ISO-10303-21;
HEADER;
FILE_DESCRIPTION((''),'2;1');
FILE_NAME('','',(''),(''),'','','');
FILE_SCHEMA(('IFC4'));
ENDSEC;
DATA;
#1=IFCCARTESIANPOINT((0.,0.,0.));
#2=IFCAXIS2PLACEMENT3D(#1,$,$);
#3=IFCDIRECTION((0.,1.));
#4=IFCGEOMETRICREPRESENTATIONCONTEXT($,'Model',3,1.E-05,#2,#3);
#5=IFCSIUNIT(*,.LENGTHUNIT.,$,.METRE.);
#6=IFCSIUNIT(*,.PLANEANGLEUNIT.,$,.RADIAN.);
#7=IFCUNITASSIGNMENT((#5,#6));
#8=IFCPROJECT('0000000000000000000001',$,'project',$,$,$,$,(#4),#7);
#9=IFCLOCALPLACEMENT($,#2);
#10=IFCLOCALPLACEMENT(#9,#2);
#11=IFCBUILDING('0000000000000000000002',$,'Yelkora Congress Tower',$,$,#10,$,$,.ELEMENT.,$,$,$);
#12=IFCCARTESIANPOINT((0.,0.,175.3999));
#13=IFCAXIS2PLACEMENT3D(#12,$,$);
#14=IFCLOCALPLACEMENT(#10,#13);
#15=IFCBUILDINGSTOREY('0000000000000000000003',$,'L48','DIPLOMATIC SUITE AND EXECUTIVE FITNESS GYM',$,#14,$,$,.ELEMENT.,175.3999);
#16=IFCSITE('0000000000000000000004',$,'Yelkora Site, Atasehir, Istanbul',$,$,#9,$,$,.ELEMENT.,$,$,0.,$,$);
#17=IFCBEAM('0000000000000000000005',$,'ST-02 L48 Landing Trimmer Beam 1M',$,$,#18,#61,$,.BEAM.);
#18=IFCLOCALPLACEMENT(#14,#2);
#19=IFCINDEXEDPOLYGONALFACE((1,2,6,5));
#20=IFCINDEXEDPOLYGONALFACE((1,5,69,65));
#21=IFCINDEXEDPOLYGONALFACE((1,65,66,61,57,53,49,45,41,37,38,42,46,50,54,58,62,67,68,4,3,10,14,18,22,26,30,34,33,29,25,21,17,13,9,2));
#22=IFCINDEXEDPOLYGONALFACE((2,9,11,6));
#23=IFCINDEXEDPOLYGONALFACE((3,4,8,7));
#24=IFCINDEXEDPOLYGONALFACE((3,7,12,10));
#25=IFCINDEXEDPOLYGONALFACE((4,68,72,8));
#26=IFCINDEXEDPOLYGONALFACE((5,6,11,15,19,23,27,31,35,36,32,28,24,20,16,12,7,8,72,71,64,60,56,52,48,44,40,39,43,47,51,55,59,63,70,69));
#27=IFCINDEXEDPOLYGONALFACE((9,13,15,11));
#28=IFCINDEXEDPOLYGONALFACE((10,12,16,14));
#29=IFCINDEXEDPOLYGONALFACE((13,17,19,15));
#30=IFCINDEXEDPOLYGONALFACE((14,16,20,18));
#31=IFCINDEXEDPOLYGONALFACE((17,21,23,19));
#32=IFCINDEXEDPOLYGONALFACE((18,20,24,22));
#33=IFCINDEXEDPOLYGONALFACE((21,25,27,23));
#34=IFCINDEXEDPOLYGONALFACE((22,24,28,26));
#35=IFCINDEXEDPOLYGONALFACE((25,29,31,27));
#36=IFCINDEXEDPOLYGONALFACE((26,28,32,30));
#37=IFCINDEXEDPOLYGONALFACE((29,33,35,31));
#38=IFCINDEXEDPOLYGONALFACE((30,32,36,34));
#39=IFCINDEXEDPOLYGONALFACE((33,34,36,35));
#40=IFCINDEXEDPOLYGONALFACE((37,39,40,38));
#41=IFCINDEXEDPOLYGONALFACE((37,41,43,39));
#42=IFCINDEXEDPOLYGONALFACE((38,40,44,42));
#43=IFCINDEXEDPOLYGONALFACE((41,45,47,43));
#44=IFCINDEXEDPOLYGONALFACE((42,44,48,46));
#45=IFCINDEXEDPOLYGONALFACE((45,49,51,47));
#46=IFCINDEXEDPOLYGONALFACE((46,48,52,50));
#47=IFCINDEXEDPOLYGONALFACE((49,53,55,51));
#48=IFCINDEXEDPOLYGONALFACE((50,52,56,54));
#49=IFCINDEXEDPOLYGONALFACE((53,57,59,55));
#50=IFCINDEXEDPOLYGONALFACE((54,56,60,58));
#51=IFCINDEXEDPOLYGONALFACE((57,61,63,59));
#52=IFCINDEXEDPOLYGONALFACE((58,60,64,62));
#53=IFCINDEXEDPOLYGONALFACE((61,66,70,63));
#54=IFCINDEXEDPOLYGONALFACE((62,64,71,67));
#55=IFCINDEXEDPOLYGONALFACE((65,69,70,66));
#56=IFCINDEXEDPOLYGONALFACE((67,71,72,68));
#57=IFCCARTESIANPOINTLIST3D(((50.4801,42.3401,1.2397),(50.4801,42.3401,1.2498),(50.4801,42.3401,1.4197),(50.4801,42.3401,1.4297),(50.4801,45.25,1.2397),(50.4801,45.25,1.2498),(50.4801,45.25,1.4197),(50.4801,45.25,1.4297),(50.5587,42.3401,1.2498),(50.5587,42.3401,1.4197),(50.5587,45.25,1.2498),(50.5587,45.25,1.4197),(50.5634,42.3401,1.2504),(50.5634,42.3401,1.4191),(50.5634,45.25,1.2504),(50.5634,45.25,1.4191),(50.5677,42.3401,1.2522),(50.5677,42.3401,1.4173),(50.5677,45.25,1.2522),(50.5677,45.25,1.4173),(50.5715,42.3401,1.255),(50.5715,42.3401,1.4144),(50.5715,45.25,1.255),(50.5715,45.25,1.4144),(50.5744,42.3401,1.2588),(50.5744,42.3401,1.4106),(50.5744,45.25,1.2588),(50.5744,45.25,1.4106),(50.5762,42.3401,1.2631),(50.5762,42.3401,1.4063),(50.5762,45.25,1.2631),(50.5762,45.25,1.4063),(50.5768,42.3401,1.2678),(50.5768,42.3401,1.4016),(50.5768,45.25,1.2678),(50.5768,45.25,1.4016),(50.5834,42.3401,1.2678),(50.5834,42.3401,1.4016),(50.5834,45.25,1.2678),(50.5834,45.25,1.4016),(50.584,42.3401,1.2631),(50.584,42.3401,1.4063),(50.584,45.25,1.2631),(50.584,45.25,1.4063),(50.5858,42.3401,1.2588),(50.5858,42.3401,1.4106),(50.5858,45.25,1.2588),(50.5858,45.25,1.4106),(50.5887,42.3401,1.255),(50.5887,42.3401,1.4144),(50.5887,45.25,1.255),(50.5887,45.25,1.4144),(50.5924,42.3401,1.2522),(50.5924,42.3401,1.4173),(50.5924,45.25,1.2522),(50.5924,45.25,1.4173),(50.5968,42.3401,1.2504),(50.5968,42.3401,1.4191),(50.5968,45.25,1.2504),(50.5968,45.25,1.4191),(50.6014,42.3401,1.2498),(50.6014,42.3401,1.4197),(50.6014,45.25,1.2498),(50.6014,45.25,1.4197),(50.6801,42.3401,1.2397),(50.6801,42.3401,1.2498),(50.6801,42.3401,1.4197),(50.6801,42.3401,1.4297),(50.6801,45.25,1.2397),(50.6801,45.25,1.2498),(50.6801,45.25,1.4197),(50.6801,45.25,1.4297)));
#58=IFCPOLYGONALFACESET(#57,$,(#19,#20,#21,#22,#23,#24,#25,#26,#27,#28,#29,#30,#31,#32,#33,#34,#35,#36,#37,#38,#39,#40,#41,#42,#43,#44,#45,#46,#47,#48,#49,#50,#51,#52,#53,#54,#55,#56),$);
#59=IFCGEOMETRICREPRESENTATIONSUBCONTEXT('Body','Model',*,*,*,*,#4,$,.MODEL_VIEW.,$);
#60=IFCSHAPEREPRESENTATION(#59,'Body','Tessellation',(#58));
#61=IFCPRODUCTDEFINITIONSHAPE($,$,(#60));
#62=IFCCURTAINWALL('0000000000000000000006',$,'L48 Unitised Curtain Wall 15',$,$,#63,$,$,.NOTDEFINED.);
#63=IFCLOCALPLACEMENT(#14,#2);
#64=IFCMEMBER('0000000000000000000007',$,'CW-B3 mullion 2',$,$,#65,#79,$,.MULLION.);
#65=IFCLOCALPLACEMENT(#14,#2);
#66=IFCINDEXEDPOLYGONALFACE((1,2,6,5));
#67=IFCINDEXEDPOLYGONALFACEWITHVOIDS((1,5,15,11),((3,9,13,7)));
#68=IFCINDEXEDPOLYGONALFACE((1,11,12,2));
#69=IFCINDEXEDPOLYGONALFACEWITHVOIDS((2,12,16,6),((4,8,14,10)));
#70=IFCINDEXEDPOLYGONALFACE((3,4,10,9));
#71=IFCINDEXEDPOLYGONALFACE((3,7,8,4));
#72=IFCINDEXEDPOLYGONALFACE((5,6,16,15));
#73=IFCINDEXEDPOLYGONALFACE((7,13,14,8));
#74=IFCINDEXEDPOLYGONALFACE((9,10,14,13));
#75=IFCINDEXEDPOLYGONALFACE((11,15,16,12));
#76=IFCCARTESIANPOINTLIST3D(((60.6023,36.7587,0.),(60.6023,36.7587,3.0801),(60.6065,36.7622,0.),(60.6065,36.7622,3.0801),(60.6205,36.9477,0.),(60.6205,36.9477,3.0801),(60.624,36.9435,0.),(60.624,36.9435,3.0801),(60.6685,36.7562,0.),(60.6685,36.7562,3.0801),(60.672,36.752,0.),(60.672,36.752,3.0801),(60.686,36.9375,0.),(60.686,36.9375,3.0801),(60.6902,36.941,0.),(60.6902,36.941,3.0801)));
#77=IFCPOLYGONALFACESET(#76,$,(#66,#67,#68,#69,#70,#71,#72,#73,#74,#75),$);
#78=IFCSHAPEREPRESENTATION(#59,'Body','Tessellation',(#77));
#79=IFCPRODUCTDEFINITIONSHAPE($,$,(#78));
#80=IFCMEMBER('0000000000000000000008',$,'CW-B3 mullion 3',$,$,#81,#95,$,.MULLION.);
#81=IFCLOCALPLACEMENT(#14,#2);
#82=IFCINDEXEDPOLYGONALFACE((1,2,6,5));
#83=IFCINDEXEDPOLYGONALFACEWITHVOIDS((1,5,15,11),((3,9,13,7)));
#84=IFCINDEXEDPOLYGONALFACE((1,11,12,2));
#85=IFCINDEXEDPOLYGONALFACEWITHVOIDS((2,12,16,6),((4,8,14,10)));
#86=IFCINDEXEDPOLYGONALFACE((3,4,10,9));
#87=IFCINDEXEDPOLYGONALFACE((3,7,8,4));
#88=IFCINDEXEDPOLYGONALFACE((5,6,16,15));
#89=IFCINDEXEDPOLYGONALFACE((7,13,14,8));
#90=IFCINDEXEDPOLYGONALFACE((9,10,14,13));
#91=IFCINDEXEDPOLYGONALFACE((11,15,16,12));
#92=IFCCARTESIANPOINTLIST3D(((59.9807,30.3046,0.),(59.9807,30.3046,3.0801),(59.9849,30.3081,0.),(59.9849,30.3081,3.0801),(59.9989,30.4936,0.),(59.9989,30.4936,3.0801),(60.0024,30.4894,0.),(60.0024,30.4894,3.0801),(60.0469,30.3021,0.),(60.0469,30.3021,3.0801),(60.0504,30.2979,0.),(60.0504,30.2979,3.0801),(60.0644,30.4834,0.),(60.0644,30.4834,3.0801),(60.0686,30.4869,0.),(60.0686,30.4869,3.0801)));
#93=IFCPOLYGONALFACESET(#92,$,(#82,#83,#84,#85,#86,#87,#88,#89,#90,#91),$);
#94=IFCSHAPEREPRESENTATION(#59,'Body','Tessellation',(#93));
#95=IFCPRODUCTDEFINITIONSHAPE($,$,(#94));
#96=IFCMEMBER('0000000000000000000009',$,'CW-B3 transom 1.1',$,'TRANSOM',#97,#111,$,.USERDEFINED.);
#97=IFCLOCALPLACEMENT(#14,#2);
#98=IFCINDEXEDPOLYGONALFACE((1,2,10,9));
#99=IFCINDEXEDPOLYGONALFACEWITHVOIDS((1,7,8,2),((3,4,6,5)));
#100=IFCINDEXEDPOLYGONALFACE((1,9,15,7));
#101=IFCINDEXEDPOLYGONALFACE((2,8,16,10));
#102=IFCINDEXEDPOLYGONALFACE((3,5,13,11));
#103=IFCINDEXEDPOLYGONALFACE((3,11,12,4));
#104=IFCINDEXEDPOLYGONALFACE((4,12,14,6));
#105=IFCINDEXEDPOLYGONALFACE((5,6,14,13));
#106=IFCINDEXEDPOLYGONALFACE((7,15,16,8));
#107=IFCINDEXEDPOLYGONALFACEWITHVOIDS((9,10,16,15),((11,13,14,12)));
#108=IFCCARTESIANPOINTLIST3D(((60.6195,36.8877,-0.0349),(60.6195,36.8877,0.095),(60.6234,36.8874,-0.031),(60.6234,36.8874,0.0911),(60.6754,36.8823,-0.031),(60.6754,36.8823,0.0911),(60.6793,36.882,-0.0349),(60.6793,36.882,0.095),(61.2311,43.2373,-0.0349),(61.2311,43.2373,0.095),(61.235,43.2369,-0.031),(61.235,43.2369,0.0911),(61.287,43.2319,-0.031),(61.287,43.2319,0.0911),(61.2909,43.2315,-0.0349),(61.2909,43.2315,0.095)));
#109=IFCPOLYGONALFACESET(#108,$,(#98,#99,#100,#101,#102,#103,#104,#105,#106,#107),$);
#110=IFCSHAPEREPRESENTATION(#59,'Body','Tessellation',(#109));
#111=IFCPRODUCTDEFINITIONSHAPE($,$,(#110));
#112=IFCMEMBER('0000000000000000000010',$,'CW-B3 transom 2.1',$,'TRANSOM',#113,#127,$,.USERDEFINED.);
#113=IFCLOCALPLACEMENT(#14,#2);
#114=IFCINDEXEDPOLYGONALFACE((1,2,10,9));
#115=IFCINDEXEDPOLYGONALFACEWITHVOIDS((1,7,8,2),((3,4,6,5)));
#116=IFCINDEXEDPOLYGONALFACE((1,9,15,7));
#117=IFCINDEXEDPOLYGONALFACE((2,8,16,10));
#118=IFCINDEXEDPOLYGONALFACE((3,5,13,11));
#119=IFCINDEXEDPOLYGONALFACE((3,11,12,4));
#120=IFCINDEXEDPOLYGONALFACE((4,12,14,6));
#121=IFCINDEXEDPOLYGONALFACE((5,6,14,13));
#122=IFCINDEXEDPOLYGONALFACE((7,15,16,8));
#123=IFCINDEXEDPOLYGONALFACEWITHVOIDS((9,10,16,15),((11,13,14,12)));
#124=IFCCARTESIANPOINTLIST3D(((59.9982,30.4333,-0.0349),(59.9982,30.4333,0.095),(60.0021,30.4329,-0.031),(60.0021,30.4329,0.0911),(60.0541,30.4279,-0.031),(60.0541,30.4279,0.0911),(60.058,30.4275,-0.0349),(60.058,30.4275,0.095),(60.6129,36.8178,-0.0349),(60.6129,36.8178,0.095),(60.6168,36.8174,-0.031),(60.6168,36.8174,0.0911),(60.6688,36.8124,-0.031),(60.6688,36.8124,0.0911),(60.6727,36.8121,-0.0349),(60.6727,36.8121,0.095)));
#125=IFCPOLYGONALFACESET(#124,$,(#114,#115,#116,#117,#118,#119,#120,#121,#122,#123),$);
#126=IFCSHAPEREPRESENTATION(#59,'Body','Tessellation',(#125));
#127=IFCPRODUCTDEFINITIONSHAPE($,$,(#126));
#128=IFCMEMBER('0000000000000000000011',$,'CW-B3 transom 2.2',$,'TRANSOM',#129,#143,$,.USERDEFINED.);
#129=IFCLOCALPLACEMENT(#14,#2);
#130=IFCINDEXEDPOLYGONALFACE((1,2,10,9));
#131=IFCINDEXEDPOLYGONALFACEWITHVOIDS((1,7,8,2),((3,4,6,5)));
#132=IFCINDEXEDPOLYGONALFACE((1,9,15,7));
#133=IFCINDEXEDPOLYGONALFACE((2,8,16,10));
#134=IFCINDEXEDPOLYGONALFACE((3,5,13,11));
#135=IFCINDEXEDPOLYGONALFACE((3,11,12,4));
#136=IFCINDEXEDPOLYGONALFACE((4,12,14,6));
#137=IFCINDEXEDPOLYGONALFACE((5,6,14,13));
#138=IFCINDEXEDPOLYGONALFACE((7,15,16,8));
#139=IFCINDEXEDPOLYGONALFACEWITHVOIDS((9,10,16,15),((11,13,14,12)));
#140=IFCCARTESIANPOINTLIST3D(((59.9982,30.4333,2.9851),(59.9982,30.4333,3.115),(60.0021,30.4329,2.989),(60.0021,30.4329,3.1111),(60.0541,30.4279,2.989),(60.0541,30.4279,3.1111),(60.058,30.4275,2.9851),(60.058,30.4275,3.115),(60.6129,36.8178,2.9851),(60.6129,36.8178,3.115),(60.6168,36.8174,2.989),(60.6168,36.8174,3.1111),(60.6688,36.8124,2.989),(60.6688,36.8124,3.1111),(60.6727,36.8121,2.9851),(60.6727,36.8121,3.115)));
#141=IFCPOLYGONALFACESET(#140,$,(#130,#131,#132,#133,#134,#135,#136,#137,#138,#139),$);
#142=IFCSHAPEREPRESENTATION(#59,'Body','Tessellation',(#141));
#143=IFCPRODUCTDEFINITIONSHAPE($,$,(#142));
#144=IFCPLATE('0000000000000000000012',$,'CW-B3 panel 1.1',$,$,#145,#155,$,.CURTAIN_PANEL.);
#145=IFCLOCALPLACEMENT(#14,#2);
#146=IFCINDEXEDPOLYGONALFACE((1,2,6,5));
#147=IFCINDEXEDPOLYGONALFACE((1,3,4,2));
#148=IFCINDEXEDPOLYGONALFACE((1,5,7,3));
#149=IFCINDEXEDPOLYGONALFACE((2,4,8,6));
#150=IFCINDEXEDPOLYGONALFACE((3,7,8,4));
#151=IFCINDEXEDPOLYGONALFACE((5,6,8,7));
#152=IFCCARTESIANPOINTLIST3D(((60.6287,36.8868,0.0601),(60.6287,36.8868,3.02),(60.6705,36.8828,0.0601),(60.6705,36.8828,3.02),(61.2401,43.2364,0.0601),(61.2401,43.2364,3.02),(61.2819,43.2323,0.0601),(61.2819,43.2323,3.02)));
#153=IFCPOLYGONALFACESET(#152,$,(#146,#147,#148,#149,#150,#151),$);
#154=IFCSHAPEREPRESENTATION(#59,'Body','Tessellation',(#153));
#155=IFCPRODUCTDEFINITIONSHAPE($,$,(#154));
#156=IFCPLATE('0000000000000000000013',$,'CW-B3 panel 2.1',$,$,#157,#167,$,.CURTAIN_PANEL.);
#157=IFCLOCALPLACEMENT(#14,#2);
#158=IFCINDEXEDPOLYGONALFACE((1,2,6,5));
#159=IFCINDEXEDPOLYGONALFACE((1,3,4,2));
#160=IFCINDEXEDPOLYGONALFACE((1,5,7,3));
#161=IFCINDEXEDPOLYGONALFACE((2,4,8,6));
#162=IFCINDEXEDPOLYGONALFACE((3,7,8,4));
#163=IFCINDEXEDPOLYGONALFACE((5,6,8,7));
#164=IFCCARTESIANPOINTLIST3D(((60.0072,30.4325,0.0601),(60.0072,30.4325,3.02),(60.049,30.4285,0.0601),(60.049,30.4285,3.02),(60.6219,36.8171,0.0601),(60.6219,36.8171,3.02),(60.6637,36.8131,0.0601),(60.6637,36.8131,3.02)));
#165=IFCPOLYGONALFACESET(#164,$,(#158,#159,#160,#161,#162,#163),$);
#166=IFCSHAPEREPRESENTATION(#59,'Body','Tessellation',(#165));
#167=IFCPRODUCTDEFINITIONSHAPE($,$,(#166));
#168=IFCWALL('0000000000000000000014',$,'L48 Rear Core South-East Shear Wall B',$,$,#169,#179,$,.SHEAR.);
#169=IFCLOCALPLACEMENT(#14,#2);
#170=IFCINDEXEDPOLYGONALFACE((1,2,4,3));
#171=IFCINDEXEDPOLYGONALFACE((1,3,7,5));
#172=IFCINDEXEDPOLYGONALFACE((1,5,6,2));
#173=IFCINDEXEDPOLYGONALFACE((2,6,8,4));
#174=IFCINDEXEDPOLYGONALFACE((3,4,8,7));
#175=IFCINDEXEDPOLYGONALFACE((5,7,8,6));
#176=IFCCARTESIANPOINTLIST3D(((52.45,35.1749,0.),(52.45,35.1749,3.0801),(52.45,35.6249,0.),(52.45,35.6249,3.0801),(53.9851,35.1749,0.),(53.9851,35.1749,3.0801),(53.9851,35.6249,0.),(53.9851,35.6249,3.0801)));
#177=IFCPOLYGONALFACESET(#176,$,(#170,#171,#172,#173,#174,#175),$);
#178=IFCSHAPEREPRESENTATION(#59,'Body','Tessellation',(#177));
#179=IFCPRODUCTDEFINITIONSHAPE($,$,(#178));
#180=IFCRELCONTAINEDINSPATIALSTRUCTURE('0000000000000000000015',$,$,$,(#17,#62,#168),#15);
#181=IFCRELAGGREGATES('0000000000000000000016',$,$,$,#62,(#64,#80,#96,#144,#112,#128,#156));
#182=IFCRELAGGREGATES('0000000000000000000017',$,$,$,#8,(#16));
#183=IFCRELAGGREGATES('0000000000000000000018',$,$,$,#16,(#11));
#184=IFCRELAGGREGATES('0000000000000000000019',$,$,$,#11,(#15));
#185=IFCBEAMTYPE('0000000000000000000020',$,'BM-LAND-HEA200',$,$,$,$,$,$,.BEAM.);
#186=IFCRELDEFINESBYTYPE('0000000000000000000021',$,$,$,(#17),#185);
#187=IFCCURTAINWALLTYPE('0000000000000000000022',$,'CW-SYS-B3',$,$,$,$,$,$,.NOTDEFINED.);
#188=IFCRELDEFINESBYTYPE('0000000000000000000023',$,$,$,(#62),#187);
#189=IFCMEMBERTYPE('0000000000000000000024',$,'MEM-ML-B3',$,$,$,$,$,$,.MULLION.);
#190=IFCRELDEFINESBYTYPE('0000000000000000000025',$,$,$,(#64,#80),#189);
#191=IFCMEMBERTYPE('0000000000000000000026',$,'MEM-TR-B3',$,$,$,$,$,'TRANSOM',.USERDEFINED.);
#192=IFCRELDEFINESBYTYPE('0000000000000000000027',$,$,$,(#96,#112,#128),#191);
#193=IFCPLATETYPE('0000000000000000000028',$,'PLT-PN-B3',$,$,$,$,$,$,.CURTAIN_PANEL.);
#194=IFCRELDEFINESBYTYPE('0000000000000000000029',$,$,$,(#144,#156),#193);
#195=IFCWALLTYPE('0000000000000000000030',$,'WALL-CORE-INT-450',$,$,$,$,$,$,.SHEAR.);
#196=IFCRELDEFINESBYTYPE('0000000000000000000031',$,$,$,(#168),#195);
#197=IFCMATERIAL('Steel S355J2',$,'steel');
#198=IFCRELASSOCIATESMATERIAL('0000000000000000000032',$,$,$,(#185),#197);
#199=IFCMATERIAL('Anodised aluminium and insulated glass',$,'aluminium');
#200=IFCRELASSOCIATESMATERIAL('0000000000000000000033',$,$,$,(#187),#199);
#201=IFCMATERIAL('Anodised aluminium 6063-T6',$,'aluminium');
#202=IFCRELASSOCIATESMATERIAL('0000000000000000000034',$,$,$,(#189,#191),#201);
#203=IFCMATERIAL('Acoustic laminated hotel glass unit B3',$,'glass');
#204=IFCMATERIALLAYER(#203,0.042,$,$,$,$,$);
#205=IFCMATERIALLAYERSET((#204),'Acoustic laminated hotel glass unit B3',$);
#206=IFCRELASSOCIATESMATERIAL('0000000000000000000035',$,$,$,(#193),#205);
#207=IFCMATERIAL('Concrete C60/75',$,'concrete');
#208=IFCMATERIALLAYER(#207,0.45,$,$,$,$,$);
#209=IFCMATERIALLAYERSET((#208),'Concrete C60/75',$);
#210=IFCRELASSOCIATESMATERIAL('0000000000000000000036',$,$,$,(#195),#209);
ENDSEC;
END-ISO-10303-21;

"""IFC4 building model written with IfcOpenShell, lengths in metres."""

from ifc_helpers import new_model, si_unit, direction, frame, frame_2d, origin, origin_2d, place, context, subcontext, project, spatial, rectangle, hollow_rectangle, i_section, extrude, material, layer, layer_set, material_profile, profile_set, type_object, element, aggregate, save


model = new_model("IFC4")

# Units and contexts
model_context = context("Model", 3, precision=1e-05, world=origin(), true_north=direction((0.0, 1.0)))
body_context = subcontext(model_context, "Body", "Model", "MODEL_VIEW")
ifc_project = project(units=[si_unit("LENGTHUNIT", "METRE"), si_unit("PLANEANGLEUNIT", "RADIAN")], contexts=[model_context])

# Site, building, storey
site_placement = place(None, origin())
site = spatial("IfcSite", under=ifc_project, at=site_placement, Name="Yelkora Site, Atasehir, Istanbul", CompositionType="ELEMENT", RefElevation=0.0)
building_placement = place(site_placement, origin())
building = spatial("IfcBuilding", under=site, at=building_placement, Name="Yelkora Congress Tower", CompositionType="ELEMENT")
storey_placement = place(building_placement, frame((0.0, 0.0, 175.3999)))
storey = spatial("IfcBuildingStorey", under=building, at=storey_placement, Name="L48", Description="DIPLOMATIC SUITE AND EXECUTIVE FITNESS GYM", CompositionType="ELEMENT", Elevation=175.3999)

# Beam
ifc_material_1 = material(Name="Steel S355J2", Category="steel")
ifc_material_profile_1 = material_profile(ifc_material_1, i_section(OverallWidth=0.2, OverallDepth=0.1899, WebThickness=0.0066, FlangeThickness=0.01, FilletRadius=0.0181, at=origin_2d()), Name="HEA 200")
ifc_profile_set_1 = profile_set([ifc_material_profile_1], Name="Steel S355J2")
beam_type_1 = type_object("IfcBeamType", Name="BM-LAND-HEA200", PredefinedType="BEAM", material=ifc_profile_set_1)
beam_1_placement = place(storey_placement, frame((50.5801, 42.3401, 1.3347), z_axis=(0.0, 1.0, 0.0), x_axis=(-1.0, 0.0, 0.0)))
element("IfcBeam", 1, at=beam_1_placement, inside=storey, type_object=beam_type_1, Name="ST-02 L48 Landing Trimmer Beam 1M", PredefinedType="BEAM", context=body_context, shape_type="SweptSolid", body=[
    extrude(i_section(OverallWidth=0.2, OverallDepth=0.1899, WebThickness=0.0066, FlangeThickness=0.01, FilletRadius=0.0181, at=origin_2d()), origin(), (0.0, 0.0, 1.0), 2.9099),
])

# Curtain wall, members, plates
ifc_material_2 = material(Name="Anodised aluminium and insulated glass", Category="aluminium")
curtain_wall_type = type_object("IfcCurtainWallType", Name="CW-SYS-B3", PredefinedType="NOTDEFINED", material=ifc_material_2)
curtain_wall_placement = place(storey_placement, origin())
curtain_wall = element("IfcCurtainWall", 2, at=curtain_wall_placement, inside=storey, type_object=curtain_wall_type, Name="L48 Unitised Curtain Wall 15", PredefinedType="NOTDEFINED")
ifc_material_3 = material(Name="Anodised aluminium 6063-T6", Category="aluminium")
ifc_material_profile_2 = material_profile(ifc_material_3, hollow_rectangle(XDim=0.0701, YDim=0.1899, WallThickness=0.0039, at=origin_2d()), Name="ALU 70x190x4")
ifc_profile_set_2 = profile_set([ifc_material_profile_2], Name="Anodised aluminium 6063-T6")
member_type_1 = type_object("IfcMemberType", Name="MEM-ML-B3", PredefinedType="MULLION", material=ifc_profile_set_2)
member_1_placement = place(storey_placement, frame((60.6462, 36.8499, 0.0), z_axis=(0.0, 0.0, 1.0), x_axis=(0.995397, -0.095842, 0.0)))
member_1 = element("IfcMember", 3, at=member_1_placement, type_object=member_type_1, Name="CW-B3 mullion 2", PredefinedType="MULLION", context=body_context, shape_type="SweptSolid", body=[
    extrude(hollow_rectangle(XDim=0.0701, YDim=0.1899, WallThickness=0.0039, at=origin_2d()), origin(), (0.0, 0.0, 1.0), 3.0801),
])
member_2_placement = place(storey_placement, frame((60.0247, 30.3958, 0.0), z_axis=(0.0, 0.0, 1.0), x_axis=(0.995397, -0.095842, 0.0)))
member_2 = element("IfcMember", 4, at=member_2_placement, type_object=member_type_1, Name="CW-B3 mullion 3", PredefinedType="MULLION", context=body_context, shape_type="SweptSolid", body=[
    extrude(hollow_rectangle(XDim=0.0701, YDim=0.1899, WallThickness=0.0039, at=origin_2d()), origin(), (0.0, 0.0, 1.0), 3.0801),
])
ifc_material_profile_3 = material_profile(ifc_material_3, hollow_rectangle(XDim=0.0601, YDim=0.1299, WallThickness=0.0039, at=origin_2d()), Name="ALU 60x130x4")
ifc_profile_set_3 = profile_set([ifc_material_profile_3], Name="Anodised aluminium 6063-T6")
member_type_2 = type_object("IfcMemberType", Name="MEM-TR-B3", ElementType="TRANSOM", PredefinedType="USERDEFINED", material=ifc_profile_set_3)
member_3_placement = place(storey_placement, frame((61.261, 43.2344, 0.03), z_axis=(-0.095873, -0.995394, 0.0), x_axis=(0.995394, -0.095873, 0.0)))
member_3 = element("IfcMember", 5, at=member_3_placement, type_object=member_type_2, Name="CW-B3 transom 1.1", ObjectType="TRANSOM", PredefinedType="USERDEFINED", context=body_context, shape_type="SweptSolid", body=[
    extrude(hollow_rectangle(XDim=0.0601, YDim=0.1299, WallThickness=0.0039, at=origin_2d()), origin(), (0.0, 0.0, 1.0), 6.3789),
])
member_4_placement = place(storey_placement, frame((60.6428, 36.8149, 0.03), z_axis=(-0.095844, -0.995396, 0.0), x_axis=(0.995396, -0.095844, 0.0)))
member_4 = element("IfcMember", 6, at=member_4_placement, type_object=member_type_2, Name="CW-B3 transom 2.1", ObjectType="TRANSOM", PredefinedType="USERDEFINED", context=body_context, shape_type="SweptSolid", body=[
    extrude(hollow_rectangle(XDim=0.0601, YDim=0.1299, WallThickness=0.0039, at=origin_2d()), origin(), (0.0, 0.0, 1.0), 6.4141),
])
member_5_placement = place(storey_placement, frame((60.6428, 36.8149, 3.05), z_axis=(-0.095844, -0.995396, 0.0), x_axis=(0.995396, -0.095844, 0.0)))
member_5 = element("IfcMember", 7, at=member_5_placement, type_object=member_type_2, Name="CW-B3 transom 2.2", ObjectType="TRANSOM", PredefinedType="USERDEFINED", context=body_context, shape_type="SweptSolid", body=[
    extrude(hollow_rectangle(XDim=0.0601, YDim=0.1299, WallThickness=0.0039, at=origin_2d()), origin(), (0.0, 0.0, 1.0), 6.4141),
])
ifc_material_4 = material(Name="Acoustic laminated hotel glass unit B3", Category="glass")
ifc_layer_1 = layer(ifc_material_4, 0.042)
ifc_layer_set_1 = layer_set([ifc_layer_1], Name="Acoustic laminated hotel glass unit B3")
plate_type = type_object("IfcPlateType", Name="PLT-PN-B3", PredefinedType="CURTAIN_PANEL", material=ifc_layer_set_1)
plate_1_placement = place(storey_placement, frame((60.9553, 40.0596, 0.0601), z_axis=(0.0, 0.0, 1.0), x_axis=(-0.095842, -0.995397, 0.0)))
plate_1 = element("IfcPlate", 8, at=plate_1_placement, type_object=plate_type, Name="CW-B3 panel 1.1", PredefinedType="CURTAIN_PANEL", context=body_context, shape_type="SweptSolid", body=[
    extrude(rectangle(XDim=6.3789, YDim=0.042, at=origin_2d()), origin(), (0.0, 0.0, 1.0), 2.96),
])
plate_2_placement = place(storey_placement, frame((60.3354, 33.6228, 0.0601), z_axis=(0.0, 0.0, 1.0), x_axis=(-0.095842, -0.995397, 0.0)))
plate_2 = element("IfcPlate", 9, at=plate_2_placement, type_object=plate_type, Name="CW-B3 panel 2.1", PredefinedType="CURTAIN_PANEL", context=body_context, shape_type="SweptSolid", body=[
    extrude(rectangle(XDim=6.4141, YDim=0.042, at=origin_2d()), origin(), (0.0, 0.0, 1.0), 2.96),
])
aggregate(curtain_wall, [member_1, member_2, member_3, plate_1, member_4, member_5, plate_2])

# Wall
ifc_material_5 = material(Name="Concrete C60/75", Category="concrete")
ifc_layer_2 = layer(ifc_material_5, 0.45)
ifc_layer_set_2 = layer_set([ifc_layer_2], Name="Concrete C60/75")
wall_type = type_object("IfcWallType", Name="WALL-CORE-INT-450", PredefinedType="SHEAR", material=ifc_layer_set_2)
wall_1_placement = place(storey_placement, frame((52.45, 35.3999, 0.0), z_axis=(0.0, 0.0, 1.0), x_axis=(1.0, 0.0, 0.0)))
element("IfcWall", 10, at=wall_1_placement, inside=storey, type_object=wall_type, Name="L48 Rear Core South-East Shear Wall B", PredefinedType="SHEAR", context=body_context, shape_type="SweptSolid", body=[
    extrude(rectangle(XDim=1.5352, YDim=0.45, at=frame_2d((0.7676, 0.0))), origin(), (0.0, 0.0, 1.0), 3.0801),
])

save(model, "model.ifc")
